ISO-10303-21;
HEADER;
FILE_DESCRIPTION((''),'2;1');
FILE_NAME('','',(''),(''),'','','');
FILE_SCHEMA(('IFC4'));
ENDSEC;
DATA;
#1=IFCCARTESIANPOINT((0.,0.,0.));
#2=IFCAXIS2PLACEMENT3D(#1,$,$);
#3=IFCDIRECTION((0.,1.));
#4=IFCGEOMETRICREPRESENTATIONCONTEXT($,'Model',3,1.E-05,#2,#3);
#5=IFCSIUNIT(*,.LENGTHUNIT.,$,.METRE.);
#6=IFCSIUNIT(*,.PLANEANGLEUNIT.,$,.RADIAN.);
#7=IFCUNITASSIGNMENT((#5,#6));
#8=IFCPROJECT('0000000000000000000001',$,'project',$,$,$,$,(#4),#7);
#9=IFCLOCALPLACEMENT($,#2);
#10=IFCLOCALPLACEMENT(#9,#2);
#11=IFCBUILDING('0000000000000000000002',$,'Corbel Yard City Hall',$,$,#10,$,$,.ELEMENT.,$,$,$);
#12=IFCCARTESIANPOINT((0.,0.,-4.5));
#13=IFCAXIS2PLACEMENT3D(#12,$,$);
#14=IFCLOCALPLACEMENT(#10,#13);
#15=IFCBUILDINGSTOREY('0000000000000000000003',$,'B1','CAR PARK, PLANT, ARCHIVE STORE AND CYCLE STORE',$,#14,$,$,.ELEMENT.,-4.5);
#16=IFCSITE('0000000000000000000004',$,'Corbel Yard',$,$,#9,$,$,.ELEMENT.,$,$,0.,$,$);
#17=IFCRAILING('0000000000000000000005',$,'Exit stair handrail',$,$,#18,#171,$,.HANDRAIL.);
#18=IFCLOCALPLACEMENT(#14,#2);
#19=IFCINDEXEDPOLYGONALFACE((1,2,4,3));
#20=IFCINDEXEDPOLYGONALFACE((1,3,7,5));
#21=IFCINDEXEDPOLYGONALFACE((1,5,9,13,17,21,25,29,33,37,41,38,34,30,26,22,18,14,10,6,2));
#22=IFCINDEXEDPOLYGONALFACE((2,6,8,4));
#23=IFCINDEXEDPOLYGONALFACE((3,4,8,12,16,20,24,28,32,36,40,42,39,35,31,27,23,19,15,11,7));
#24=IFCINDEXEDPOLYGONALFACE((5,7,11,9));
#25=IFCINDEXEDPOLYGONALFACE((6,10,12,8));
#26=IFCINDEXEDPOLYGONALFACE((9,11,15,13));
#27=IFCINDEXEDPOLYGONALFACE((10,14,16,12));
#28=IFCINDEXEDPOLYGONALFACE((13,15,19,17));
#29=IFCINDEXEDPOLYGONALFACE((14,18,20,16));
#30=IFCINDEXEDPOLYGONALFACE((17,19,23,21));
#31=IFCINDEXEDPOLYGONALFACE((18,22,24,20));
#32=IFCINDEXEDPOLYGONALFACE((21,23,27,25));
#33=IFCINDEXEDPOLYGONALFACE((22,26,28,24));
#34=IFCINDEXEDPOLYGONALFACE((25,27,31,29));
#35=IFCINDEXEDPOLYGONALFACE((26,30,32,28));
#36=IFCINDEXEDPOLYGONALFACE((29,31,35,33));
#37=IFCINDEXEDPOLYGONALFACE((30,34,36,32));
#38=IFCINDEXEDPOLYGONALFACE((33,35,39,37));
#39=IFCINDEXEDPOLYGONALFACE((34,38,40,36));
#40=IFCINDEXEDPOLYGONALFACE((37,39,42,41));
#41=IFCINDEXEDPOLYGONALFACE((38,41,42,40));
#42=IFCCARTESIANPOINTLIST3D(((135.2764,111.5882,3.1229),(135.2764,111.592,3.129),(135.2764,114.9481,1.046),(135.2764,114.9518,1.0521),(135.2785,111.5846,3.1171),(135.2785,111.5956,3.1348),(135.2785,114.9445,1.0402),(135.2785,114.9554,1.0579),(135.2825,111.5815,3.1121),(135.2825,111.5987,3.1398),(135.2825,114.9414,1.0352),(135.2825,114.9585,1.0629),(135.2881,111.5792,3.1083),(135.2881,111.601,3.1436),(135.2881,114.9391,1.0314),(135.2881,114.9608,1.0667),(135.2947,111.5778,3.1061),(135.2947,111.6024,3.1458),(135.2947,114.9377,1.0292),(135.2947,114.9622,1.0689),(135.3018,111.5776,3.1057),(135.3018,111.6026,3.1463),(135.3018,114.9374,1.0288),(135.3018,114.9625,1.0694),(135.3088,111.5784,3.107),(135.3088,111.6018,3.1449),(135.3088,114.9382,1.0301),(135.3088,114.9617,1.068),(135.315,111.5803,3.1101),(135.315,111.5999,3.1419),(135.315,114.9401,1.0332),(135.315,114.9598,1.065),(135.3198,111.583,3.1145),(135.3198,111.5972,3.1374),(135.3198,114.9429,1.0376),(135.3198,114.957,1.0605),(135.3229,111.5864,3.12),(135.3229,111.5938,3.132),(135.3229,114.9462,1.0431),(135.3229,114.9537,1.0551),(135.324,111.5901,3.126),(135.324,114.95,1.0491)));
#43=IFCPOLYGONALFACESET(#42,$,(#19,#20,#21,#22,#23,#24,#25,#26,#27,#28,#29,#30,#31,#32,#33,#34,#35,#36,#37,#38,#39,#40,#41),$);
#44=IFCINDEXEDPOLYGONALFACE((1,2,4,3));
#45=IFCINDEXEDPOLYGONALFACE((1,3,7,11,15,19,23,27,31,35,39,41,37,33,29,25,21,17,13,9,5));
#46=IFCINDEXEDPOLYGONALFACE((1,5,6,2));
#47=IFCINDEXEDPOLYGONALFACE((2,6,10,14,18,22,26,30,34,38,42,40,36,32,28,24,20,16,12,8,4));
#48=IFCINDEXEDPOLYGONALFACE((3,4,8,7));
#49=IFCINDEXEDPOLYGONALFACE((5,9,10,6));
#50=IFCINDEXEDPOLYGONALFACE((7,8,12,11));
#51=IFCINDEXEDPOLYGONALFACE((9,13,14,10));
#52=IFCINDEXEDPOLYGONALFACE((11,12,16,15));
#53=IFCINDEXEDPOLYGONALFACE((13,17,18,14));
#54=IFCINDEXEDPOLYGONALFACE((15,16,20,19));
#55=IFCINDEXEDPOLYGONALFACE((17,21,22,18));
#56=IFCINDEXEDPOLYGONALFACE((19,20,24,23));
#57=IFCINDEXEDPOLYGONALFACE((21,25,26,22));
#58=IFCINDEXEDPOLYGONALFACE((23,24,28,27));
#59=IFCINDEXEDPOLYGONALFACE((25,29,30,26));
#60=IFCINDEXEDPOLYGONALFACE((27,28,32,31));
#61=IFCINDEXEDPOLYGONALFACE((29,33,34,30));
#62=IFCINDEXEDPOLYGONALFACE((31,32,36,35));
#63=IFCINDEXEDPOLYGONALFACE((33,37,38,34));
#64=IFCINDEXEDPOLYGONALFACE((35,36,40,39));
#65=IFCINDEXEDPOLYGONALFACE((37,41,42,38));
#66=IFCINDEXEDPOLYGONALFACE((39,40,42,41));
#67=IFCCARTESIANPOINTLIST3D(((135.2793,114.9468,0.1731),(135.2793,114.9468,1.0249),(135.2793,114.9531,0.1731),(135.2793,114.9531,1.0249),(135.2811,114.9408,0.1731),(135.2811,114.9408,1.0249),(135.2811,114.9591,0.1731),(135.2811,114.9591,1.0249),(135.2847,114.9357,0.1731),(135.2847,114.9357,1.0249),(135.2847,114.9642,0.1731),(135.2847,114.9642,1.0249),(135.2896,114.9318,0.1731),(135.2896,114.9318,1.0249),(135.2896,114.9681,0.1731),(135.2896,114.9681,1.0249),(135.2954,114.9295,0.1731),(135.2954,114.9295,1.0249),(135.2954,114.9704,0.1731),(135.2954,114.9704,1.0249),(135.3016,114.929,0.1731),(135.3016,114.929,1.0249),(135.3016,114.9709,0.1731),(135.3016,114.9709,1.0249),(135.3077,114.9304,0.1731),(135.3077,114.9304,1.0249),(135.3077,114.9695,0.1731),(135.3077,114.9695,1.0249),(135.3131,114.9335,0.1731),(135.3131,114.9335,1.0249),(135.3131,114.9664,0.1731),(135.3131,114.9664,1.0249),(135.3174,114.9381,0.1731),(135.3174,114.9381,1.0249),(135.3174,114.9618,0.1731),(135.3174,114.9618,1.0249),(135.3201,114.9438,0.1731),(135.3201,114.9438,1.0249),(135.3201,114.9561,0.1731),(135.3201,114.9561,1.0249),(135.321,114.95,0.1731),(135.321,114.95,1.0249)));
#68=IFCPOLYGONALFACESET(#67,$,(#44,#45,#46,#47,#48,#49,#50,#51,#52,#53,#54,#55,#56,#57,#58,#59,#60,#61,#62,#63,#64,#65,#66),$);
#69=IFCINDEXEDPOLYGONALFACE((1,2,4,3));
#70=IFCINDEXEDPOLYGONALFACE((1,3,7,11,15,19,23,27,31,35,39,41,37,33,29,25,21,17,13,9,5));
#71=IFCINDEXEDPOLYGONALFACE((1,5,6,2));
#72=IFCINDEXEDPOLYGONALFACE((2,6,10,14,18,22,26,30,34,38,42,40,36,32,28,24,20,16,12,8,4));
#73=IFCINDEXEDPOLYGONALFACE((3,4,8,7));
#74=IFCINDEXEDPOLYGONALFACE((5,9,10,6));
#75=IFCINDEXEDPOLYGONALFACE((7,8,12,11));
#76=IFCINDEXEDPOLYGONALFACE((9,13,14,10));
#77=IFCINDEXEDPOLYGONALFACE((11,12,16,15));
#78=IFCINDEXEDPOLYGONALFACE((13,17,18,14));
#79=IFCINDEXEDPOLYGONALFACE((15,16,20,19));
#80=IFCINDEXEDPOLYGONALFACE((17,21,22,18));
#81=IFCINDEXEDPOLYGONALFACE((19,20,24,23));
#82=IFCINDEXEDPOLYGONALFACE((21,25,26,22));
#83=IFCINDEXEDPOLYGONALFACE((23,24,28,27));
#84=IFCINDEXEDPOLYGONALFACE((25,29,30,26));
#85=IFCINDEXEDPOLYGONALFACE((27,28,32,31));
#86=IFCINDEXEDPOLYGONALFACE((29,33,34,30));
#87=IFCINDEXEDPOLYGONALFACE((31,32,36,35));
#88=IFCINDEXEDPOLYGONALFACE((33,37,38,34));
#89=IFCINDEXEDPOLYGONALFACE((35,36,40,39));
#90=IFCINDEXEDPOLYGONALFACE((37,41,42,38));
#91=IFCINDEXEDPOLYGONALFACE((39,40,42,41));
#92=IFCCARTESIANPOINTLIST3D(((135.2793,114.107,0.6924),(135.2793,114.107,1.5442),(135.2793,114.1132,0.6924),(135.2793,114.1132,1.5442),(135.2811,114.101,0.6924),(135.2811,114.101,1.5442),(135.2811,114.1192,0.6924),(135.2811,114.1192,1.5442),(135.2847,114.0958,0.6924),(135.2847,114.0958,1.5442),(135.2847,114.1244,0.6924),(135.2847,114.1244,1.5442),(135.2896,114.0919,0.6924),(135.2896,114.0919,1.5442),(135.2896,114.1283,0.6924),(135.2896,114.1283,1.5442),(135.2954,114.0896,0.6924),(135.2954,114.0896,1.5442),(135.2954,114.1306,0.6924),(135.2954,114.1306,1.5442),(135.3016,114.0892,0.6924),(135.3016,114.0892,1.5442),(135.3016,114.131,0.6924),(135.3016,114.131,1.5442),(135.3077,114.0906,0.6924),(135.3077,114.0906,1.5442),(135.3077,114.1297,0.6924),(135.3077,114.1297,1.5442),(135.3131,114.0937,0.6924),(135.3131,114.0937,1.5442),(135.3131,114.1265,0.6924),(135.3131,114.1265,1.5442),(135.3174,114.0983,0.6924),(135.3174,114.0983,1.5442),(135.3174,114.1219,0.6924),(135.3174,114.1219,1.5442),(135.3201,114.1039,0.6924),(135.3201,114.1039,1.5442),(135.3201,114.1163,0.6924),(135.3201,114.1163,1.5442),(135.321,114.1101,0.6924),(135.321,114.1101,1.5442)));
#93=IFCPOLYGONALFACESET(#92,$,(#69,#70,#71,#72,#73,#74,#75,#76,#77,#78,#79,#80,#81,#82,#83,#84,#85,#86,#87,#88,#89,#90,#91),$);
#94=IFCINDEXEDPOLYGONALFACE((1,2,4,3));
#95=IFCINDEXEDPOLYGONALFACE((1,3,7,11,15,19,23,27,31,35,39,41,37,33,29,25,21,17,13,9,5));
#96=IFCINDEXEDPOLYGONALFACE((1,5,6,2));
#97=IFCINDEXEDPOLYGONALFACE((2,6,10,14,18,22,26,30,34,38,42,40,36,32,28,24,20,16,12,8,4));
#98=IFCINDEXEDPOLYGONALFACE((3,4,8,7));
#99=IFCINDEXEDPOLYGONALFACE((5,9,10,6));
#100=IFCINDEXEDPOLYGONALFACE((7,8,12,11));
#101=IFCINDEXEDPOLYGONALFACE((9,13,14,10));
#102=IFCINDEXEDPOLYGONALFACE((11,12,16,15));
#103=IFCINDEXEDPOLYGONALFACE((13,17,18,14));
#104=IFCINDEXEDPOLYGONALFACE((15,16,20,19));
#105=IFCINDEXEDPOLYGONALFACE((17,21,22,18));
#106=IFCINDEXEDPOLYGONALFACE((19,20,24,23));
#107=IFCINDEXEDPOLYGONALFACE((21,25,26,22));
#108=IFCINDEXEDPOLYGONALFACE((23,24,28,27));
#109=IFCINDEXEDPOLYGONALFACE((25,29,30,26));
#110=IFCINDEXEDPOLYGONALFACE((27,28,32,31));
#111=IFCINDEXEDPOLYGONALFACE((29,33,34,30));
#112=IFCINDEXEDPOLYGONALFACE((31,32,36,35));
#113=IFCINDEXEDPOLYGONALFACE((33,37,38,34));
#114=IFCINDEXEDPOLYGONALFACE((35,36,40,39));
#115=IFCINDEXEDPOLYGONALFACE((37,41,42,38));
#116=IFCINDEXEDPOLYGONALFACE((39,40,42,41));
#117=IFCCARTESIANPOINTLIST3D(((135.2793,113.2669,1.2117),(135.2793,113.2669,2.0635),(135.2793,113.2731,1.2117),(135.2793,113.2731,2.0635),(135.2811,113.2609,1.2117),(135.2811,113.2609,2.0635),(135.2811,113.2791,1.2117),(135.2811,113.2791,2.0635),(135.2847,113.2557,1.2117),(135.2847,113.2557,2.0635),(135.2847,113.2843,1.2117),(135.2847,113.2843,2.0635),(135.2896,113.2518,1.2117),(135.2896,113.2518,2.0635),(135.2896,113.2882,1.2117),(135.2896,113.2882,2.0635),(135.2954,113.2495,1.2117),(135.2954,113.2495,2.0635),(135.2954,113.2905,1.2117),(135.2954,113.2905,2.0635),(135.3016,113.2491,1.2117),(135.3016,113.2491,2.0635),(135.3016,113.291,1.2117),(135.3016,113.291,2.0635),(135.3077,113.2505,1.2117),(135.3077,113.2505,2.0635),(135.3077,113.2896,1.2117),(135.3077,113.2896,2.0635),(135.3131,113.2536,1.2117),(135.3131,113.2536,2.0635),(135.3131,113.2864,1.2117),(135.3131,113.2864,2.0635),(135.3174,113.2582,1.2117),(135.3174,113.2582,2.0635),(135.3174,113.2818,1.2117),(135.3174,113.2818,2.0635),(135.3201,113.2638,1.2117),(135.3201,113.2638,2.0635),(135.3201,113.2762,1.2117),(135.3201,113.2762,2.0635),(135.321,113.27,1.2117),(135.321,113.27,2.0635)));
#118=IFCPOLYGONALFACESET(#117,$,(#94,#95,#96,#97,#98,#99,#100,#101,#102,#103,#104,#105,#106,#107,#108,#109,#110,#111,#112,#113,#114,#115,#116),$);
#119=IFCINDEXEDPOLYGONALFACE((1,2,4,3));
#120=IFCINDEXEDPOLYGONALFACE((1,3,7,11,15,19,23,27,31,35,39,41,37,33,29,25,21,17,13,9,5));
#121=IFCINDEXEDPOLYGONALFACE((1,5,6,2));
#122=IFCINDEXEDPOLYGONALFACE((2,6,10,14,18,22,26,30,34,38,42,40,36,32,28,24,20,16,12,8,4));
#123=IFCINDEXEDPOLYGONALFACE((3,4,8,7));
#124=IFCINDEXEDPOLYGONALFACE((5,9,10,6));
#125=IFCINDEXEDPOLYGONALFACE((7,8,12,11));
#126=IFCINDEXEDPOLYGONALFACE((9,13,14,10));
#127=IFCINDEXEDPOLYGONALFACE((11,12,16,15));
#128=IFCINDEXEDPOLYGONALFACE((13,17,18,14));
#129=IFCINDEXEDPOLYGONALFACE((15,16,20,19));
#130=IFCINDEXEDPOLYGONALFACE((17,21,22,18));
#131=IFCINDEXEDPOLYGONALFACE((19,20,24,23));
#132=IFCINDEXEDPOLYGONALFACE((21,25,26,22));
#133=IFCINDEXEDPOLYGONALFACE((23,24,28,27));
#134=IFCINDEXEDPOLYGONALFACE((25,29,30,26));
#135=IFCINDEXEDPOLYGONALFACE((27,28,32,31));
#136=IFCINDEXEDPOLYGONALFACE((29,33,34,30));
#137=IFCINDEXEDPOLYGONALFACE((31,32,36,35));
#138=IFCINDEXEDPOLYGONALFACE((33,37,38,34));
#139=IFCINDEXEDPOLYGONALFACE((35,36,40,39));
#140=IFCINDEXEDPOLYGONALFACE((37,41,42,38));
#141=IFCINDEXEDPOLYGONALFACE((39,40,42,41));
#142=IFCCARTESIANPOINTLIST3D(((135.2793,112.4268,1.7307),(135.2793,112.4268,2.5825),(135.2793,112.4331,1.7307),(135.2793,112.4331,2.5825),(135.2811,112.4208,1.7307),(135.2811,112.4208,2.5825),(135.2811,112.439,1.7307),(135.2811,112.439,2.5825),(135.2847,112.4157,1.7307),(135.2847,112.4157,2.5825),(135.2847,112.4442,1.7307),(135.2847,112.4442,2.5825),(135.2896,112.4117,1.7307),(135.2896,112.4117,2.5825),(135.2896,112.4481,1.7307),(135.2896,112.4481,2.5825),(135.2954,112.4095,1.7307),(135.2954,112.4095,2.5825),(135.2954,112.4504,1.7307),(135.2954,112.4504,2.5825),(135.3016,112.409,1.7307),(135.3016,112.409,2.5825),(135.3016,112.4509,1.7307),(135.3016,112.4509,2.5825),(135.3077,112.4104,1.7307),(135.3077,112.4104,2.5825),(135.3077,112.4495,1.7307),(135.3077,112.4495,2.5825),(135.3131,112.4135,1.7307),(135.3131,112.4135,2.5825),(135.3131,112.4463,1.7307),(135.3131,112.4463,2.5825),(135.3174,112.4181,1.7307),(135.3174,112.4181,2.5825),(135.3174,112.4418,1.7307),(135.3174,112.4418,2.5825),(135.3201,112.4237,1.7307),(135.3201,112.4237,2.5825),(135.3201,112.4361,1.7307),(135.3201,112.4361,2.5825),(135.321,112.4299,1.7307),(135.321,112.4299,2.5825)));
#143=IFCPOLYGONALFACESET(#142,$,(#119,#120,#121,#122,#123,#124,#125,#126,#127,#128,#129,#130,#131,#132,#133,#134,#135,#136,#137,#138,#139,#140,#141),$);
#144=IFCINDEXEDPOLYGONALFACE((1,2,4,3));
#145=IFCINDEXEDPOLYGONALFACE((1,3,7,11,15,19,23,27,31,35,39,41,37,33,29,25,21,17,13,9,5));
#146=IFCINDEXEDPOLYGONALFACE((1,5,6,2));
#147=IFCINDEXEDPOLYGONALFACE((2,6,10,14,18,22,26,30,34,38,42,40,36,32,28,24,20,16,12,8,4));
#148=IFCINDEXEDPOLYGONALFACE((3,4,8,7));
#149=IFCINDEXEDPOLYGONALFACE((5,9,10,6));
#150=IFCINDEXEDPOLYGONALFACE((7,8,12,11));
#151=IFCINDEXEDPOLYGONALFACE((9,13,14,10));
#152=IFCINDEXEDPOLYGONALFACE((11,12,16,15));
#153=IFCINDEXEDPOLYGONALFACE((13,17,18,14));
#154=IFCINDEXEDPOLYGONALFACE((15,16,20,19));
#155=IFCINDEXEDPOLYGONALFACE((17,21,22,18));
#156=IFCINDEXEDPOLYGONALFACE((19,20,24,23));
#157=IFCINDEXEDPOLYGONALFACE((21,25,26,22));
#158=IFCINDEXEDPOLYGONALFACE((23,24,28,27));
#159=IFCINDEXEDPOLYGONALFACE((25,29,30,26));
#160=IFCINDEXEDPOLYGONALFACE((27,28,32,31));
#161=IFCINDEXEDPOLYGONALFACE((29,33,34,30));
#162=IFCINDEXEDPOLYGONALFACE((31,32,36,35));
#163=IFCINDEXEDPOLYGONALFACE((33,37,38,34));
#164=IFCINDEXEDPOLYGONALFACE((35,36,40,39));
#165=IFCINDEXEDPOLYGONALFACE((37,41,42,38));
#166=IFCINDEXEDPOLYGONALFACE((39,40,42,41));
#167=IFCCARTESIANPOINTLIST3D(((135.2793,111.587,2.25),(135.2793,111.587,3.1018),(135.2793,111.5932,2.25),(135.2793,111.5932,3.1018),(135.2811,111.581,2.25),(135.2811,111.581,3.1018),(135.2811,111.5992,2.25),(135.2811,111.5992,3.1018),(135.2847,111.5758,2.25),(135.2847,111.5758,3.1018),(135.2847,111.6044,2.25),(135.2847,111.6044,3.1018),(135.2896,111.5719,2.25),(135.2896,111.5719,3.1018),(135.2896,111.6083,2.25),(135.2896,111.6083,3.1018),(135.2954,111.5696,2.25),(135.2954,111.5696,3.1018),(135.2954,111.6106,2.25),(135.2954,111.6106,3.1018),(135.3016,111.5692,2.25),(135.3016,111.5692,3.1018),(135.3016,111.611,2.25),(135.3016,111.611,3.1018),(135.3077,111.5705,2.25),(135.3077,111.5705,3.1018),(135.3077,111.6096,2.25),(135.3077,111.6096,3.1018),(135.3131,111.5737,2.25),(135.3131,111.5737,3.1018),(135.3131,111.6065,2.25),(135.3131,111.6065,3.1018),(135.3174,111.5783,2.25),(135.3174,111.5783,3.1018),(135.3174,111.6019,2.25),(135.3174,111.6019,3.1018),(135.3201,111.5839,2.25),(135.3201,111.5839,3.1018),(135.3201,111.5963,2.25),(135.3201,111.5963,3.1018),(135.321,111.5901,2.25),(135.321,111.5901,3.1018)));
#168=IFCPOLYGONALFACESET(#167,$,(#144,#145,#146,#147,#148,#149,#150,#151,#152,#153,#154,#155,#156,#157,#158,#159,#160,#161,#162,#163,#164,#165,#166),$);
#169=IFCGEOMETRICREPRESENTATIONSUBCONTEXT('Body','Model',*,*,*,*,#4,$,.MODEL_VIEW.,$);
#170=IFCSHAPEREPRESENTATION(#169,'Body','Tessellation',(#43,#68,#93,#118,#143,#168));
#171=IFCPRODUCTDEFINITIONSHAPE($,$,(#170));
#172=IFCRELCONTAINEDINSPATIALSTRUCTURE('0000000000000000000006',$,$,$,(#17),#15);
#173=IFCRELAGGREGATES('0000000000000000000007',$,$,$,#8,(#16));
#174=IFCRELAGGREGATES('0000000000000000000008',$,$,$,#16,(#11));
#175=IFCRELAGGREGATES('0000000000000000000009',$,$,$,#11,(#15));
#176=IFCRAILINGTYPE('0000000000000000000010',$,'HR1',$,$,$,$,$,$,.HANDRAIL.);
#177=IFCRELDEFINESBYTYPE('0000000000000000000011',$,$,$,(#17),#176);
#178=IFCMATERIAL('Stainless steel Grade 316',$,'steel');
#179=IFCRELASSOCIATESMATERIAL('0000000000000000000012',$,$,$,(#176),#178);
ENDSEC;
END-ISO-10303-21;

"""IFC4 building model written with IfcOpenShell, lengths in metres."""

from ifc_helpers import new_model, si_unit, direction, frame, origin, origin_2d, place, context, subcontext, project, spatial, circle, extrude, material, type_object, element, save


model = new_model("IFC4")

# Units and contexts
model_context = context("Model", 3, precision=1e-05, world=origin(), true_north=direction((0.0, 1.0)))
body_context = subcontext(model_context, "Body", "Model", "MODEL_VIEW")
ifc_project = project(units=[si_unit("LENGTHUNIT", "METRE"), si_unit("PLANEANGLEUNIT", "RADIAN")], contexts=[model_context])

# Site, building, storey
site_placement = place(None, origin())
site = spatial("IfcSite", under=ifc_project, at=site_placement, Name="Corbel Yard", CompositionType="ELEMENT", RefElevation=0.0)
building_placement = place(site_placement, origin())
building = spatial("IfcBuilding", under=site, at=building_placement, Name="Corbel Yard City Hall", CompositionType="ELEMENT")
storey_placement = place(building_placement, frame((0.0, 0.0, -4.5)))
storey = spatial("IfcBuildingStorey", under=building, at=storey_placement, Name="B1", Description="CAR PARK, PLANT, ARCHIVE STORE AND CYCLE STORE", CompositionType="ELEMENT", Elevation=-4.5)

# Railing
ifc_material_1 = material(Name="Stainless steel Grade 316", Category="steel")
railing_type = type_object("IfcRailingType", Name="HR1", PredefinedType="HANDRAIL", material=ifc_material_1)
for number, where, name in (
    (1, (135.3, 114.95, 0.1731), "Exit stair handrail"),
):
    element("IfcRailing", number, at=place(storey_placement, frame(where)), inside=storey, type_object=railing_type, Name=name, PredefinedType="HANDRAIL", context=body_context, shape_type="SweptSolid", body=[
        extrude(circle(Radius=0.0239, at=origin_2d()), frame((0.0, 0.0, 0.876), z_axis=(0.0, -0.850606, 0.525803), x_axis=(1.0, 0.0, 0.0)), (0.0, 0.0, 1.0), 3.95),
        extrude(circle(Radius=0.021, at=origin_2d()), origin(), (0.0, 0.0, 1.0), 0.8518),
        extrude(circle(Radius=0.021, at=origin_2d()), frame((0.0, -0.8398, 0.5193)), (0.0, 0.0, 1.0), 0.8518),
        extrude(circle(Radius=0.021, at=origin_2d()), frame((0.0, -1.6799, 1.0386)), (0.0, 0.0, 1.0), 0.8518),
        extrude(circle(Radius=0.021, at=origin_2d()), frame((0.0, -2.52, 1.5576)), (0.0, 0.0, 1.0), 0.8518),
        extrude(circle(Radius=0.021, at=origin_2d()), frame((0.0, -3.3599, 2.0769)), (0.0, 0.0, 1.0), 0.8518),
    ])

save(model, "model.ifc")
